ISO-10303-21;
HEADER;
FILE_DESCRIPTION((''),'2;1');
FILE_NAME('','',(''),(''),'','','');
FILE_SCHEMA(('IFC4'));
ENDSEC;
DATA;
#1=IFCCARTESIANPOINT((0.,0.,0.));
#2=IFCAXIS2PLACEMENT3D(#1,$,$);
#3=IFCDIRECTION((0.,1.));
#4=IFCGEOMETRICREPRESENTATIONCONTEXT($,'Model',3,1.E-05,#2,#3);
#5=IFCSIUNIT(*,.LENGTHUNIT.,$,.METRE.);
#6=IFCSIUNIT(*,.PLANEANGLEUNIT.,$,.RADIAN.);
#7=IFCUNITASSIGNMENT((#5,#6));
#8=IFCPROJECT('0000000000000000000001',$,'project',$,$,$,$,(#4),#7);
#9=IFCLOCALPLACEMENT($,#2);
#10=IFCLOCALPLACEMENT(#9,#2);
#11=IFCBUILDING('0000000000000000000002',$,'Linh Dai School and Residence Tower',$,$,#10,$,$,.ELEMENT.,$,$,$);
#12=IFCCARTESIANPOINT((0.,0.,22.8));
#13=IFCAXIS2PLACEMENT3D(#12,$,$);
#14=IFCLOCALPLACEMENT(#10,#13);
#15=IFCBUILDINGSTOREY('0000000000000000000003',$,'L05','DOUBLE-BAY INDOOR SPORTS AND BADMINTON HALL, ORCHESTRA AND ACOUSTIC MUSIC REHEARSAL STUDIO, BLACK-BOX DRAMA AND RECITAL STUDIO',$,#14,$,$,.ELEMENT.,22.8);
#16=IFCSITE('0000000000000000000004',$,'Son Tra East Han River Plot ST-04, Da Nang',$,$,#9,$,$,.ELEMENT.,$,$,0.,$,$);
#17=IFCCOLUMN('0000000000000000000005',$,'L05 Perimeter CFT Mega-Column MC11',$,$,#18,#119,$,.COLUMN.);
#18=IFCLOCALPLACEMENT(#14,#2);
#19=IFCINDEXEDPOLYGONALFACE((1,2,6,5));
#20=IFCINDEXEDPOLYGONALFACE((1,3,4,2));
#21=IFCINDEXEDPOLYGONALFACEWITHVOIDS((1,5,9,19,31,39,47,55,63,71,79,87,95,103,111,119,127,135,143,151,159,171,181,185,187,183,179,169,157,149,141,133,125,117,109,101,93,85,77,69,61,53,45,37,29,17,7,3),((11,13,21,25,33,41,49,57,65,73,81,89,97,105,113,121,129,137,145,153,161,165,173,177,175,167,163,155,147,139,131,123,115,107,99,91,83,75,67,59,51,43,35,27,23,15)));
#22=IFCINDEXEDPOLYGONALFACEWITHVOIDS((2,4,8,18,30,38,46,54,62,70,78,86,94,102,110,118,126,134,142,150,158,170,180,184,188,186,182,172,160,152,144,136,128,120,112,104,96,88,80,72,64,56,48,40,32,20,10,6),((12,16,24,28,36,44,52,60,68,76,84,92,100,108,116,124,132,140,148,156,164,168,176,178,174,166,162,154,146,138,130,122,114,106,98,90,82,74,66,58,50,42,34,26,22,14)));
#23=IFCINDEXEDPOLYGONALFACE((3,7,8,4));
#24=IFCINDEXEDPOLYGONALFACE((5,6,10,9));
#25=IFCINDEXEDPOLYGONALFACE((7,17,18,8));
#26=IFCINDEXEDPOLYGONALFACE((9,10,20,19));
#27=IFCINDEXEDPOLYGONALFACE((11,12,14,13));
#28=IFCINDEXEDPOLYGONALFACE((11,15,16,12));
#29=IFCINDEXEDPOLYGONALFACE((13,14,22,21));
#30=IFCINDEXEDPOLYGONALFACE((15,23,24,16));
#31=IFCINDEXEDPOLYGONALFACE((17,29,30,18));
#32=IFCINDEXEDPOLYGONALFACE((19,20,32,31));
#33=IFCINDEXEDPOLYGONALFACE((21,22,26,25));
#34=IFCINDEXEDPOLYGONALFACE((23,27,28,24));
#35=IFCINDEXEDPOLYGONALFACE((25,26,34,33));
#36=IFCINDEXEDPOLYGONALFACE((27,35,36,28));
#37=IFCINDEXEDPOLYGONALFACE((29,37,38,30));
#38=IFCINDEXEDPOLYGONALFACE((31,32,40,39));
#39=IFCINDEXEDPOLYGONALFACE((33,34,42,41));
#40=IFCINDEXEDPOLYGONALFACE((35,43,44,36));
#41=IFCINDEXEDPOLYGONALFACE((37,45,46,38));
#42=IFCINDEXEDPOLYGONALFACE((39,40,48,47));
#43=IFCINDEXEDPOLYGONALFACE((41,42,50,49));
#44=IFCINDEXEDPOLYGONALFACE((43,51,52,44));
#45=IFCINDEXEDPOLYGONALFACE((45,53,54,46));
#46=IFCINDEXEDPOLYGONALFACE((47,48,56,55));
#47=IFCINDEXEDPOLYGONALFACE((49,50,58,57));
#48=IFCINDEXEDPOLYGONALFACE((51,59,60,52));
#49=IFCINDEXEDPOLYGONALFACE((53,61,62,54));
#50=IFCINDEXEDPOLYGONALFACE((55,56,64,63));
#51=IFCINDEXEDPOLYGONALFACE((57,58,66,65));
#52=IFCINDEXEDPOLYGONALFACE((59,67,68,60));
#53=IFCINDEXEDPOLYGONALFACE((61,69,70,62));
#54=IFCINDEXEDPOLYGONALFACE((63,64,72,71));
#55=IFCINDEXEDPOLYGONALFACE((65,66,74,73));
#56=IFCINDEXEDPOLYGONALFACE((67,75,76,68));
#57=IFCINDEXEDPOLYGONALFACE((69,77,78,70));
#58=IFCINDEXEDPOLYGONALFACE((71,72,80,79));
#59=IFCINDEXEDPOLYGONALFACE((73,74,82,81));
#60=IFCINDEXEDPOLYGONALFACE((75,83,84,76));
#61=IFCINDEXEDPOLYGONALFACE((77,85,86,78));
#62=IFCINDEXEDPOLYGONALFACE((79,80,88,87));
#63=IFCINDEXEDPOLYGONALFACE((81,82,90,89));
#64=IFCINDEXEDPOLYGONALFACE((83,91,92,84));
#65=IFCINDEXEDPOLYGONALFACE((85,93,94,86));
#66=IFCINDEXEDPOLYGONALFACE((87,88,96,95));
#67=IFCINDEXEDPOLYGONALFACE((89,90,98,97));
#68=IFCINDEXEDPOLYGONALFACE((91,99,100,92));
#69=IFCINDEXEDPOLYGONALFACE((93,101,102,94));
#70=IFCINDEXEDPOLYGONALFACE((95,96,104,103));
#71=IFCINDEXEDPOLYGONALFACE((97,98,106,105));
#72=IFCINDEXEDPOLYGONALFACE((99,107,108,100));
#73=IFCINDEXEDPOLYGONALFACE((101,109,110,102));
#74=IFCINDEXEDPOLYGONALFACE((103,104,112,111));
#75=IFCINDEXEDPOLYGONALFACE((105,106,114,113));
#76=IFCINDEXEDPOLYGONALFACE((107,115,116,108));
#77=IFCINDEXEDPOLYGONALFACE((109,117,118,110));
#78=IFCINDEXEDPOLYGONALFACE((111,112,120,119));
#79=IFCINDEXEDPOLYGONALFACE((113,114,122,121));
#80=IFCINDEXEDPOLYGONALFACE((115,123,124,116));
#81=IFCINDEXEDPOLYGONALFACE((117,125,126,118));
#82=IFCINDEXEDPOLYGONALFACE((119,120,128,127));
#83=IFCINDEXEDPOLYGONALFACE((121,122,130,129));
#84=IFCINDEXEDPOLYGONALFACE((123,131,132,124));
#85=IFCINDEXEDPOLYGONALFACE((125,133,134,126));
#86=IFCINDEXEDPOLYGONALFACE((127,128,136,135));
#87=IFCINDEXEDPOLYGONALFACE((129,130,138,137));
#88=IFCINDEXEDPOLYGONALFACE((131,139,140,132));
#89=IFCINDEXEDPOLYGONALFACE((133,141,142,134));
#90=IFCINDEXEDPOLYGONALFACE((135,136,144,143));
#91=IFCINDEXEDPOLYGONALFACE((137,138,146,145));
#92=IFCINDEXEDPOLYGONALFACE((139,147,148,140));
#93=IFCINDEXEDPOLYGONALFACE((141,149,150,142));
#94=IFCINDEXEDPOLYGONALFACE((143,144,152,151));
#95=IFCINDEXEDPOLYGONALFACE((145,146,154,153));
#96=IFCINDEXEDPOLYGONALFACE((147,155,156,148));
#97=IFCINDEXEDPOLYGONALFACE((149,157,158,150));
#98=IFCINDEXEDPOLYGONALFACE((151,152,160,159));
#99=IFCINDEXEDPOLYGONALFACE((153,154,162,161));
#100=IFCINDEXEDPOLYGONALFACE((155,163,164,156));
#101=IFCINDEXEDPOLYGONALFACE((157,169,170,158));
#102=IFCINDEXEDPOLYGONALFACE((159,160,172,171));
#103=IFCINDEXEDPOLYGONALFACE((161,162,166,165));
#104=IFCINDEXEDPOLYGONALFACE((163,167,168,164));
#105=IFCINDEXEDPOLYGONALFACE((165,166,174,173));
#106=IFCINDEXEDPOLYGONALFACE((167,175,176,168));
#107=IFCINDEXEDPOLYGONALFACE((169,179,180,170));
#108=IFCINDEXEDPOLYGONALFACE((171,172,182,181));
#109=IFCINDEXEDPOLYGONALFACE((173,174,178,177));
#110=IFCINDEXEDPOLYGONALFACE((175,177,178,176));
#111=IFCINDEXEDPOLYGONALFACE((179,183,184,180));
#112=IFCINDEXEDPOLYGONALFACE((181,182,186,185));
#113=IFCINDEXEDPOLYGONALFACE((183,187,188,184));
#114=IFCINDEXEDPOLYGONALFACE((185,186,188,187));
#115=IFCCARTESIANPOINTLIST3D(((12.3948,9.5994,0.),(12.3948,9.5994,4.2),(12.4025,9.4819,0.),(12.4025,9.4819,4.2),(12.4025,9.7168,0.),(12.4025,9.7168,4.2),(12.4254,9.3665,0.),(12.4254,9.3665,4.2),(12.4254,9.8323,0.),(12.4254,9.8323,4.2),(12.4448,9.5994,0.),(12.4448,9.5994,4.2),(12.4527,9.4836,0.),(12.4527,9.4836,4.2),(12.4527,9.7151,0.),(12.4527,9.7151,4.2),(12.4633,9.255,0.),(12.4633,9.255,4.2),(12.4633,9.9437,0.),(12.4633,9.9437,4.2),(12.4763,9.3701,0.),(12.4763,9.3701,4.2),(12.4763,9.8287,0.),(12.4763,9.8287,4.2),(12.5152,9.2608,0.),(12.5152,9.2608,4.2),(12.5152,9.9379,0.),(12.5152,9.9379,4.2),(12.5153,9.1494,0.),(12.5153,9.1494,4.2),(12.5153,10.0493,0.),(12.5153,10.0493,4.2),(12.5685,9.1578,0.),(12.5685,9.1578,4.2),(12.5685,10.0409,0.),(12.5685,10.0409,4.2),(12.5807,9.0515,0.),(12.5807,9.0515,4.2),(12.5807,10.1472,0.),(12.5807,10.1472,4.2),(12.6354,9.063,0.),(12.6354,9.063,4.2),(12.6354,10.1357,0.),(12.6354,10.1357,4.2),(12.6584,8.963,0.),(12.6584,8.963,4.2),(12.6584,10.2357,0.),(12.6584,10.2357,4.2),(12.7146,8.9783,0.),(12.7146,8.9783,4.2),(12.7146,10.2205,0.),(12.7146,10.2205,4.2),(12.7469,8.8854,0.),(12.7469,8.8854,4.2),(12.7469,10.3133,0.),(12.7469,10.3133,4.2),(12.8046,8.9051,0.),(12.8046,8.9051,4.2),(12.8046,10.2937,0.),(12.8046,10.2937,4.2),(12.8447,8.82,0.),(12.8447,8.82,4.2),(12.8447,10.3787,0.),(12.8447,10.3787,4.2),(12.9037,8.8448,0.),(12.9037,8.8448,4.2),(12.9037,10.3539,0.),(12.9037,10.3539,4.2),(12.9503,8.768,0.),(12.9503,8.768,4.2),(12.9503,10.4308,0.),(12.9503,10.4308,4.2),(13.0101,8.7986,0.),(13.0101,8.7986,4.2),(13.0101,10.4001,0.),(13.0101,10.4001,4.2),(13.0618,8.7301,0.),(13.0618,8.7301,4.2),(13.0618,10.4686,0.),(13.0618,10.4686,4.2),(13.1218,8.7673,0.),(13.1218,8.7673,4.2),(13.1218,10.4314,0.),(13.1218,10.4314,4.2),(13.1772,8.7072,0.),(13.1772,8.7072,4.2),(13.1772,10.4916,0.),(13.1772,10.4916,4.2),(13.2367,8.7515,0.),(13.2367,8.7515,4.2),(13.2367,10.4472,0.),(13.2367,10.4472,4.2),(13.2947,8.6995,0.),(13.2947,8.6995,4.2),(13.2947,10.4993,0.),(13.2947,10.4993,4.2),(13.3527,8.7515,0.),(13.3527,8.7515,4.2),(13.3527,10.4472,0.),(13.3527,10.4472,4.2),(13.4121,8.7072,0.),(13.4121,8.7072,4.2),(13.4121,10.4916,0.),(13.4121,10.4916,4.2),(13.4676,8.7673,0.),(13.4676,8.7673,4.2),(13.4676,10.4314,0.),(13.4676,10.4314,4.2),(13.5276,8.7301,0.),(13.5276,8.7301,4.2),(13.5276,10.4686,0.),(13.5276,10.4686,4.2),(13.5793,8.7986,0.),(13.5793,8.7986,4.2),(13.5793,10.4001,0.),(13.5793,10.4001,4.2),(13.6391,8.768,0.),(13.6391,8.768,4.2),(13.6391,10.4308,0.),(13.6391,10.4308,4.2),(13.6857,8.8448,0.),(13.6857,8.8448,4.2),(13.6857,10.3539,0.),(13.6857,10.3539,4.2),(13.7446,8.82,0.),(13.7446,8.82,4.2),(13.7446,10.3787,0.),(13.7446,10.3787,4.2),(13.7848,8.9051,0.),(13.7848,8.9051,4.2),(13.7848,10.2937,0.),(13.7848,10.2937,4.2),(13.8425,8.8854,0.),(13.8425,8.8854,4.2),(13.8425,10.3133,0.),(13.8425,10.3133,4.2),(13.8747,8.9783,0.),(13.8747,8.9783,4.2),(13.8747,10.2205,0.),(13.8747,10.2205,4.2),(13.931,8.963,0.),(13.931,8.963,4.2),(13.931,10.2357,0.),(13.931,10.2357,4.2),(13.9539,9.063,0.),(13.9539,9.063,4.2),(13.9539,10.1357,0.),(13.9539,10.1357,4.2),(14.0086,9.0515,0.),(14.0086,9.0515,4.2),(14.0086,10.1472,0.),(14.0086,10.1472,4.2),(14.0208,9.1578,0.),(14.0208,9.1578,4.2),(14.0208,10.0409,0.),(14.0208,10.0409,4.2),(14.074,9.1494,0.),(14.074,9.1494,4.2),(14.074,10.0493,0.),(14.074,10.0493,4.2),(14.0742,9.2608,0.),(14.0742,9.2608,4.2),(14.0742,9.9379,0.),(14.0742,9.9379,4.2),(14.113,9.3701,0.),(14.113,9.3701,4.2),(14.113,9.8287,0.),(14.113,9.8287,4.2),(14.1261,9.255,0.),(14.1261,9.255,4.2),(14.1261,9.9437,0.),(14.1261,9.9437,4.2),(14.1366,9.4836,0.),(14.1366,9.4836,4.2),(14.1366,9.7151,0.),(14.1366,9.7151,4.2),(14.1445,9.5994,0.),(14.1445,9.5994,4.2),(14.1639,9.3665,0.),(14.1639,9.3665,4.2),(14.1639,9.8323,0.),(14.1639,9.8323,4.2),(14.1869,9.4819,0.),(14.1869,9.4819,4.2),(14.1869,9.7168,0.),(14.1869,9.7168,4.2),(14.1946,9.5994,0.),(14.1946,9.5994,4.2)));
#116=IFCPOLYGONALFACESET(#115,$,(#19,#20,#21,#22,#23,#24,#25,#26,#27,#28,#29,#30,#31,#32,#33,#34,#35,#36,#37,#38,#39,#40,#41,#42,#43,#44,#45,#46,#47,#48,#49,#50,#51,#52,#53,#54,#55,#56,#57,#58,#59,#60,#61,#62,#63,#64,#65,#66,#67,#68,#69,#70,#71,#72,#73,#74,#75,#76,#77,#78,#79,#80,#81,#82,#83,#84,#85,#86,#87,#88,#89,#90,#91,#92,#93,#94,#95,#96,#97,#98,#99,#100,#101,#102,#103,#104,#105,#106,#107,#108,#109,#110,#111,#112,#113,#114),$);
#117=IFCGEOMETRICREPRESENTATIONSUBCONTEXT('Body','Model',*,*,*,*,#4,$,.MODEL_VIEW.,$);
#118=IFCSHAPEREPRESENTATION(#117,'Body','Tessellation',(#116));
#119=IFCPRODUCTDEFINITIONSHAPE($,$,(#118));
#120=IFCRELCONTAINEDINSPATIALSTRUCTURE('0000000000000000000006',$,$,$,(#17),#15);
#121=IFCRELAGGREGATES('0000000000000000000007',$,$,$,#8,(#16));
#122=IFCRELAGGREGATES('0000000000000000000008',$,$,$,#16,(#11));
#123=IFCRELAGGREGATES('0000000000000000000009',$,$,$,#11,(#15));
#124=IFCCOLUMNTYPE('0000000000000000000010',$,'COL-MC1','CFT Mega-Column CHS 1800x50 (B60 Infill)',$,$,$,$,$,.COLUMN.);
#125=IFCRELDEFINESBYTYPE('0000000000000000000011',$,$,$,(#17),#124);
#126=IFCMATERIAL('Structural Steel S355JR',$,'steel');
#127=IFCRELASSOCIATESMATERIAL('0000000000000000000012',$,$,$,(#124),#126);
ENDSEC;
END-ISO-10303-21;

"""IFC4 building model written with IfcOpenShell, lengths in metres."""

from ifc_helpers import new_model, si_unit, direction, frame, origin, origin_2d, place, context, subcontext, project, spatial, hollow_circle, extrude, material, material_profile, profile_set, type_object, element, save


model = new_model("IFC4")

# Units and contexts
model_context = context("Model", 3, precision=1e-05, world=origin(), true_north=direction((0.0, 1.0)))
body_context = subcontext(model_context, "Body", "Model", "MODEL_VIEW")
ifc_project = project(units=[si_unit("LENGTHUNIT", "METRE"), si_unit("PLANEANGLEUNIT", "RADIAN")], contexts=[model_context])

# Site, building, storey
site_placement = place(None, origin())
site = spatial("IfcSite", under=ifc_project, at=site_placement, Name="Son Tra East Han River Plot ST-04, Da Nang", CompositionType="ELEMENT", RefElevation=0.0)
building_placement = place(site_placement, origin())
building = spatial("IfcBuilding", under=site, at=building_placement, Name="Linh Dai School and Residence Tower", CompositionType="ELEMENT")
storey_placement = place(building_placement, frame((0.0, 0.0, 22.8)))
storey = spatial("IfcBuildingStorey", under=building, at=storey_placement, Name="L05", Description="DOUBLE-BAY INDOOR SPORTS AND BADMINTON HALL, ORCHESTRA AND ACOUSTIC MUSIC REHEARSAL STUDIO, BLACK-BOX DRAMA AND RECITAL STUDIO", CompositionType="ELEMENT", Elevation=22.8)

# Column
ifc_material_1 = material(Name="Structural Steel S355JR", Category="steel")
ifc_material_profile_1 = material_profile(ifc_material_1, hollow_circle(Radius=0.8999, WallThickness=0.05, at=origin_2d()), Name="CHS 1800x50")
ifc_profile_set_1 = profile_set([ifc_material_profile_1], Name="Structural Steel S355JR")
column_type = type_object("IfcColumnType", Name="COL-MC1", Description="CFT Mega-Column CHS 1800x50 (B60 Infill)", PredefinedType="COLUMN", material=ifc_profile_set_1)
for number, where, z_axis, x_axis, name in (
    (1, (13.2947, 9.5994, 0.0), (0.0, 0.0, 1.0), (1.0, 0.0, 0.0), "L05 Perimeter CFT Mega-Column MC11"),
):
    element("IfcColumn", number, at=place(storey_placement, frame(where, z_axis=z_axis, x_axis=x_axis)), inside=storey, type_object=column_type, Name=name, PredefinedType="COLUMN", context=body_context, shape_type="SweptSolid", body=[
        extrude(hollow_circle(Radius=0.8999, WallThickness=0.05, at=origin_2d()), origin(), (0.0, 0.0, 1.0), 4.2),
    ])

save(model, "model.ifc")
